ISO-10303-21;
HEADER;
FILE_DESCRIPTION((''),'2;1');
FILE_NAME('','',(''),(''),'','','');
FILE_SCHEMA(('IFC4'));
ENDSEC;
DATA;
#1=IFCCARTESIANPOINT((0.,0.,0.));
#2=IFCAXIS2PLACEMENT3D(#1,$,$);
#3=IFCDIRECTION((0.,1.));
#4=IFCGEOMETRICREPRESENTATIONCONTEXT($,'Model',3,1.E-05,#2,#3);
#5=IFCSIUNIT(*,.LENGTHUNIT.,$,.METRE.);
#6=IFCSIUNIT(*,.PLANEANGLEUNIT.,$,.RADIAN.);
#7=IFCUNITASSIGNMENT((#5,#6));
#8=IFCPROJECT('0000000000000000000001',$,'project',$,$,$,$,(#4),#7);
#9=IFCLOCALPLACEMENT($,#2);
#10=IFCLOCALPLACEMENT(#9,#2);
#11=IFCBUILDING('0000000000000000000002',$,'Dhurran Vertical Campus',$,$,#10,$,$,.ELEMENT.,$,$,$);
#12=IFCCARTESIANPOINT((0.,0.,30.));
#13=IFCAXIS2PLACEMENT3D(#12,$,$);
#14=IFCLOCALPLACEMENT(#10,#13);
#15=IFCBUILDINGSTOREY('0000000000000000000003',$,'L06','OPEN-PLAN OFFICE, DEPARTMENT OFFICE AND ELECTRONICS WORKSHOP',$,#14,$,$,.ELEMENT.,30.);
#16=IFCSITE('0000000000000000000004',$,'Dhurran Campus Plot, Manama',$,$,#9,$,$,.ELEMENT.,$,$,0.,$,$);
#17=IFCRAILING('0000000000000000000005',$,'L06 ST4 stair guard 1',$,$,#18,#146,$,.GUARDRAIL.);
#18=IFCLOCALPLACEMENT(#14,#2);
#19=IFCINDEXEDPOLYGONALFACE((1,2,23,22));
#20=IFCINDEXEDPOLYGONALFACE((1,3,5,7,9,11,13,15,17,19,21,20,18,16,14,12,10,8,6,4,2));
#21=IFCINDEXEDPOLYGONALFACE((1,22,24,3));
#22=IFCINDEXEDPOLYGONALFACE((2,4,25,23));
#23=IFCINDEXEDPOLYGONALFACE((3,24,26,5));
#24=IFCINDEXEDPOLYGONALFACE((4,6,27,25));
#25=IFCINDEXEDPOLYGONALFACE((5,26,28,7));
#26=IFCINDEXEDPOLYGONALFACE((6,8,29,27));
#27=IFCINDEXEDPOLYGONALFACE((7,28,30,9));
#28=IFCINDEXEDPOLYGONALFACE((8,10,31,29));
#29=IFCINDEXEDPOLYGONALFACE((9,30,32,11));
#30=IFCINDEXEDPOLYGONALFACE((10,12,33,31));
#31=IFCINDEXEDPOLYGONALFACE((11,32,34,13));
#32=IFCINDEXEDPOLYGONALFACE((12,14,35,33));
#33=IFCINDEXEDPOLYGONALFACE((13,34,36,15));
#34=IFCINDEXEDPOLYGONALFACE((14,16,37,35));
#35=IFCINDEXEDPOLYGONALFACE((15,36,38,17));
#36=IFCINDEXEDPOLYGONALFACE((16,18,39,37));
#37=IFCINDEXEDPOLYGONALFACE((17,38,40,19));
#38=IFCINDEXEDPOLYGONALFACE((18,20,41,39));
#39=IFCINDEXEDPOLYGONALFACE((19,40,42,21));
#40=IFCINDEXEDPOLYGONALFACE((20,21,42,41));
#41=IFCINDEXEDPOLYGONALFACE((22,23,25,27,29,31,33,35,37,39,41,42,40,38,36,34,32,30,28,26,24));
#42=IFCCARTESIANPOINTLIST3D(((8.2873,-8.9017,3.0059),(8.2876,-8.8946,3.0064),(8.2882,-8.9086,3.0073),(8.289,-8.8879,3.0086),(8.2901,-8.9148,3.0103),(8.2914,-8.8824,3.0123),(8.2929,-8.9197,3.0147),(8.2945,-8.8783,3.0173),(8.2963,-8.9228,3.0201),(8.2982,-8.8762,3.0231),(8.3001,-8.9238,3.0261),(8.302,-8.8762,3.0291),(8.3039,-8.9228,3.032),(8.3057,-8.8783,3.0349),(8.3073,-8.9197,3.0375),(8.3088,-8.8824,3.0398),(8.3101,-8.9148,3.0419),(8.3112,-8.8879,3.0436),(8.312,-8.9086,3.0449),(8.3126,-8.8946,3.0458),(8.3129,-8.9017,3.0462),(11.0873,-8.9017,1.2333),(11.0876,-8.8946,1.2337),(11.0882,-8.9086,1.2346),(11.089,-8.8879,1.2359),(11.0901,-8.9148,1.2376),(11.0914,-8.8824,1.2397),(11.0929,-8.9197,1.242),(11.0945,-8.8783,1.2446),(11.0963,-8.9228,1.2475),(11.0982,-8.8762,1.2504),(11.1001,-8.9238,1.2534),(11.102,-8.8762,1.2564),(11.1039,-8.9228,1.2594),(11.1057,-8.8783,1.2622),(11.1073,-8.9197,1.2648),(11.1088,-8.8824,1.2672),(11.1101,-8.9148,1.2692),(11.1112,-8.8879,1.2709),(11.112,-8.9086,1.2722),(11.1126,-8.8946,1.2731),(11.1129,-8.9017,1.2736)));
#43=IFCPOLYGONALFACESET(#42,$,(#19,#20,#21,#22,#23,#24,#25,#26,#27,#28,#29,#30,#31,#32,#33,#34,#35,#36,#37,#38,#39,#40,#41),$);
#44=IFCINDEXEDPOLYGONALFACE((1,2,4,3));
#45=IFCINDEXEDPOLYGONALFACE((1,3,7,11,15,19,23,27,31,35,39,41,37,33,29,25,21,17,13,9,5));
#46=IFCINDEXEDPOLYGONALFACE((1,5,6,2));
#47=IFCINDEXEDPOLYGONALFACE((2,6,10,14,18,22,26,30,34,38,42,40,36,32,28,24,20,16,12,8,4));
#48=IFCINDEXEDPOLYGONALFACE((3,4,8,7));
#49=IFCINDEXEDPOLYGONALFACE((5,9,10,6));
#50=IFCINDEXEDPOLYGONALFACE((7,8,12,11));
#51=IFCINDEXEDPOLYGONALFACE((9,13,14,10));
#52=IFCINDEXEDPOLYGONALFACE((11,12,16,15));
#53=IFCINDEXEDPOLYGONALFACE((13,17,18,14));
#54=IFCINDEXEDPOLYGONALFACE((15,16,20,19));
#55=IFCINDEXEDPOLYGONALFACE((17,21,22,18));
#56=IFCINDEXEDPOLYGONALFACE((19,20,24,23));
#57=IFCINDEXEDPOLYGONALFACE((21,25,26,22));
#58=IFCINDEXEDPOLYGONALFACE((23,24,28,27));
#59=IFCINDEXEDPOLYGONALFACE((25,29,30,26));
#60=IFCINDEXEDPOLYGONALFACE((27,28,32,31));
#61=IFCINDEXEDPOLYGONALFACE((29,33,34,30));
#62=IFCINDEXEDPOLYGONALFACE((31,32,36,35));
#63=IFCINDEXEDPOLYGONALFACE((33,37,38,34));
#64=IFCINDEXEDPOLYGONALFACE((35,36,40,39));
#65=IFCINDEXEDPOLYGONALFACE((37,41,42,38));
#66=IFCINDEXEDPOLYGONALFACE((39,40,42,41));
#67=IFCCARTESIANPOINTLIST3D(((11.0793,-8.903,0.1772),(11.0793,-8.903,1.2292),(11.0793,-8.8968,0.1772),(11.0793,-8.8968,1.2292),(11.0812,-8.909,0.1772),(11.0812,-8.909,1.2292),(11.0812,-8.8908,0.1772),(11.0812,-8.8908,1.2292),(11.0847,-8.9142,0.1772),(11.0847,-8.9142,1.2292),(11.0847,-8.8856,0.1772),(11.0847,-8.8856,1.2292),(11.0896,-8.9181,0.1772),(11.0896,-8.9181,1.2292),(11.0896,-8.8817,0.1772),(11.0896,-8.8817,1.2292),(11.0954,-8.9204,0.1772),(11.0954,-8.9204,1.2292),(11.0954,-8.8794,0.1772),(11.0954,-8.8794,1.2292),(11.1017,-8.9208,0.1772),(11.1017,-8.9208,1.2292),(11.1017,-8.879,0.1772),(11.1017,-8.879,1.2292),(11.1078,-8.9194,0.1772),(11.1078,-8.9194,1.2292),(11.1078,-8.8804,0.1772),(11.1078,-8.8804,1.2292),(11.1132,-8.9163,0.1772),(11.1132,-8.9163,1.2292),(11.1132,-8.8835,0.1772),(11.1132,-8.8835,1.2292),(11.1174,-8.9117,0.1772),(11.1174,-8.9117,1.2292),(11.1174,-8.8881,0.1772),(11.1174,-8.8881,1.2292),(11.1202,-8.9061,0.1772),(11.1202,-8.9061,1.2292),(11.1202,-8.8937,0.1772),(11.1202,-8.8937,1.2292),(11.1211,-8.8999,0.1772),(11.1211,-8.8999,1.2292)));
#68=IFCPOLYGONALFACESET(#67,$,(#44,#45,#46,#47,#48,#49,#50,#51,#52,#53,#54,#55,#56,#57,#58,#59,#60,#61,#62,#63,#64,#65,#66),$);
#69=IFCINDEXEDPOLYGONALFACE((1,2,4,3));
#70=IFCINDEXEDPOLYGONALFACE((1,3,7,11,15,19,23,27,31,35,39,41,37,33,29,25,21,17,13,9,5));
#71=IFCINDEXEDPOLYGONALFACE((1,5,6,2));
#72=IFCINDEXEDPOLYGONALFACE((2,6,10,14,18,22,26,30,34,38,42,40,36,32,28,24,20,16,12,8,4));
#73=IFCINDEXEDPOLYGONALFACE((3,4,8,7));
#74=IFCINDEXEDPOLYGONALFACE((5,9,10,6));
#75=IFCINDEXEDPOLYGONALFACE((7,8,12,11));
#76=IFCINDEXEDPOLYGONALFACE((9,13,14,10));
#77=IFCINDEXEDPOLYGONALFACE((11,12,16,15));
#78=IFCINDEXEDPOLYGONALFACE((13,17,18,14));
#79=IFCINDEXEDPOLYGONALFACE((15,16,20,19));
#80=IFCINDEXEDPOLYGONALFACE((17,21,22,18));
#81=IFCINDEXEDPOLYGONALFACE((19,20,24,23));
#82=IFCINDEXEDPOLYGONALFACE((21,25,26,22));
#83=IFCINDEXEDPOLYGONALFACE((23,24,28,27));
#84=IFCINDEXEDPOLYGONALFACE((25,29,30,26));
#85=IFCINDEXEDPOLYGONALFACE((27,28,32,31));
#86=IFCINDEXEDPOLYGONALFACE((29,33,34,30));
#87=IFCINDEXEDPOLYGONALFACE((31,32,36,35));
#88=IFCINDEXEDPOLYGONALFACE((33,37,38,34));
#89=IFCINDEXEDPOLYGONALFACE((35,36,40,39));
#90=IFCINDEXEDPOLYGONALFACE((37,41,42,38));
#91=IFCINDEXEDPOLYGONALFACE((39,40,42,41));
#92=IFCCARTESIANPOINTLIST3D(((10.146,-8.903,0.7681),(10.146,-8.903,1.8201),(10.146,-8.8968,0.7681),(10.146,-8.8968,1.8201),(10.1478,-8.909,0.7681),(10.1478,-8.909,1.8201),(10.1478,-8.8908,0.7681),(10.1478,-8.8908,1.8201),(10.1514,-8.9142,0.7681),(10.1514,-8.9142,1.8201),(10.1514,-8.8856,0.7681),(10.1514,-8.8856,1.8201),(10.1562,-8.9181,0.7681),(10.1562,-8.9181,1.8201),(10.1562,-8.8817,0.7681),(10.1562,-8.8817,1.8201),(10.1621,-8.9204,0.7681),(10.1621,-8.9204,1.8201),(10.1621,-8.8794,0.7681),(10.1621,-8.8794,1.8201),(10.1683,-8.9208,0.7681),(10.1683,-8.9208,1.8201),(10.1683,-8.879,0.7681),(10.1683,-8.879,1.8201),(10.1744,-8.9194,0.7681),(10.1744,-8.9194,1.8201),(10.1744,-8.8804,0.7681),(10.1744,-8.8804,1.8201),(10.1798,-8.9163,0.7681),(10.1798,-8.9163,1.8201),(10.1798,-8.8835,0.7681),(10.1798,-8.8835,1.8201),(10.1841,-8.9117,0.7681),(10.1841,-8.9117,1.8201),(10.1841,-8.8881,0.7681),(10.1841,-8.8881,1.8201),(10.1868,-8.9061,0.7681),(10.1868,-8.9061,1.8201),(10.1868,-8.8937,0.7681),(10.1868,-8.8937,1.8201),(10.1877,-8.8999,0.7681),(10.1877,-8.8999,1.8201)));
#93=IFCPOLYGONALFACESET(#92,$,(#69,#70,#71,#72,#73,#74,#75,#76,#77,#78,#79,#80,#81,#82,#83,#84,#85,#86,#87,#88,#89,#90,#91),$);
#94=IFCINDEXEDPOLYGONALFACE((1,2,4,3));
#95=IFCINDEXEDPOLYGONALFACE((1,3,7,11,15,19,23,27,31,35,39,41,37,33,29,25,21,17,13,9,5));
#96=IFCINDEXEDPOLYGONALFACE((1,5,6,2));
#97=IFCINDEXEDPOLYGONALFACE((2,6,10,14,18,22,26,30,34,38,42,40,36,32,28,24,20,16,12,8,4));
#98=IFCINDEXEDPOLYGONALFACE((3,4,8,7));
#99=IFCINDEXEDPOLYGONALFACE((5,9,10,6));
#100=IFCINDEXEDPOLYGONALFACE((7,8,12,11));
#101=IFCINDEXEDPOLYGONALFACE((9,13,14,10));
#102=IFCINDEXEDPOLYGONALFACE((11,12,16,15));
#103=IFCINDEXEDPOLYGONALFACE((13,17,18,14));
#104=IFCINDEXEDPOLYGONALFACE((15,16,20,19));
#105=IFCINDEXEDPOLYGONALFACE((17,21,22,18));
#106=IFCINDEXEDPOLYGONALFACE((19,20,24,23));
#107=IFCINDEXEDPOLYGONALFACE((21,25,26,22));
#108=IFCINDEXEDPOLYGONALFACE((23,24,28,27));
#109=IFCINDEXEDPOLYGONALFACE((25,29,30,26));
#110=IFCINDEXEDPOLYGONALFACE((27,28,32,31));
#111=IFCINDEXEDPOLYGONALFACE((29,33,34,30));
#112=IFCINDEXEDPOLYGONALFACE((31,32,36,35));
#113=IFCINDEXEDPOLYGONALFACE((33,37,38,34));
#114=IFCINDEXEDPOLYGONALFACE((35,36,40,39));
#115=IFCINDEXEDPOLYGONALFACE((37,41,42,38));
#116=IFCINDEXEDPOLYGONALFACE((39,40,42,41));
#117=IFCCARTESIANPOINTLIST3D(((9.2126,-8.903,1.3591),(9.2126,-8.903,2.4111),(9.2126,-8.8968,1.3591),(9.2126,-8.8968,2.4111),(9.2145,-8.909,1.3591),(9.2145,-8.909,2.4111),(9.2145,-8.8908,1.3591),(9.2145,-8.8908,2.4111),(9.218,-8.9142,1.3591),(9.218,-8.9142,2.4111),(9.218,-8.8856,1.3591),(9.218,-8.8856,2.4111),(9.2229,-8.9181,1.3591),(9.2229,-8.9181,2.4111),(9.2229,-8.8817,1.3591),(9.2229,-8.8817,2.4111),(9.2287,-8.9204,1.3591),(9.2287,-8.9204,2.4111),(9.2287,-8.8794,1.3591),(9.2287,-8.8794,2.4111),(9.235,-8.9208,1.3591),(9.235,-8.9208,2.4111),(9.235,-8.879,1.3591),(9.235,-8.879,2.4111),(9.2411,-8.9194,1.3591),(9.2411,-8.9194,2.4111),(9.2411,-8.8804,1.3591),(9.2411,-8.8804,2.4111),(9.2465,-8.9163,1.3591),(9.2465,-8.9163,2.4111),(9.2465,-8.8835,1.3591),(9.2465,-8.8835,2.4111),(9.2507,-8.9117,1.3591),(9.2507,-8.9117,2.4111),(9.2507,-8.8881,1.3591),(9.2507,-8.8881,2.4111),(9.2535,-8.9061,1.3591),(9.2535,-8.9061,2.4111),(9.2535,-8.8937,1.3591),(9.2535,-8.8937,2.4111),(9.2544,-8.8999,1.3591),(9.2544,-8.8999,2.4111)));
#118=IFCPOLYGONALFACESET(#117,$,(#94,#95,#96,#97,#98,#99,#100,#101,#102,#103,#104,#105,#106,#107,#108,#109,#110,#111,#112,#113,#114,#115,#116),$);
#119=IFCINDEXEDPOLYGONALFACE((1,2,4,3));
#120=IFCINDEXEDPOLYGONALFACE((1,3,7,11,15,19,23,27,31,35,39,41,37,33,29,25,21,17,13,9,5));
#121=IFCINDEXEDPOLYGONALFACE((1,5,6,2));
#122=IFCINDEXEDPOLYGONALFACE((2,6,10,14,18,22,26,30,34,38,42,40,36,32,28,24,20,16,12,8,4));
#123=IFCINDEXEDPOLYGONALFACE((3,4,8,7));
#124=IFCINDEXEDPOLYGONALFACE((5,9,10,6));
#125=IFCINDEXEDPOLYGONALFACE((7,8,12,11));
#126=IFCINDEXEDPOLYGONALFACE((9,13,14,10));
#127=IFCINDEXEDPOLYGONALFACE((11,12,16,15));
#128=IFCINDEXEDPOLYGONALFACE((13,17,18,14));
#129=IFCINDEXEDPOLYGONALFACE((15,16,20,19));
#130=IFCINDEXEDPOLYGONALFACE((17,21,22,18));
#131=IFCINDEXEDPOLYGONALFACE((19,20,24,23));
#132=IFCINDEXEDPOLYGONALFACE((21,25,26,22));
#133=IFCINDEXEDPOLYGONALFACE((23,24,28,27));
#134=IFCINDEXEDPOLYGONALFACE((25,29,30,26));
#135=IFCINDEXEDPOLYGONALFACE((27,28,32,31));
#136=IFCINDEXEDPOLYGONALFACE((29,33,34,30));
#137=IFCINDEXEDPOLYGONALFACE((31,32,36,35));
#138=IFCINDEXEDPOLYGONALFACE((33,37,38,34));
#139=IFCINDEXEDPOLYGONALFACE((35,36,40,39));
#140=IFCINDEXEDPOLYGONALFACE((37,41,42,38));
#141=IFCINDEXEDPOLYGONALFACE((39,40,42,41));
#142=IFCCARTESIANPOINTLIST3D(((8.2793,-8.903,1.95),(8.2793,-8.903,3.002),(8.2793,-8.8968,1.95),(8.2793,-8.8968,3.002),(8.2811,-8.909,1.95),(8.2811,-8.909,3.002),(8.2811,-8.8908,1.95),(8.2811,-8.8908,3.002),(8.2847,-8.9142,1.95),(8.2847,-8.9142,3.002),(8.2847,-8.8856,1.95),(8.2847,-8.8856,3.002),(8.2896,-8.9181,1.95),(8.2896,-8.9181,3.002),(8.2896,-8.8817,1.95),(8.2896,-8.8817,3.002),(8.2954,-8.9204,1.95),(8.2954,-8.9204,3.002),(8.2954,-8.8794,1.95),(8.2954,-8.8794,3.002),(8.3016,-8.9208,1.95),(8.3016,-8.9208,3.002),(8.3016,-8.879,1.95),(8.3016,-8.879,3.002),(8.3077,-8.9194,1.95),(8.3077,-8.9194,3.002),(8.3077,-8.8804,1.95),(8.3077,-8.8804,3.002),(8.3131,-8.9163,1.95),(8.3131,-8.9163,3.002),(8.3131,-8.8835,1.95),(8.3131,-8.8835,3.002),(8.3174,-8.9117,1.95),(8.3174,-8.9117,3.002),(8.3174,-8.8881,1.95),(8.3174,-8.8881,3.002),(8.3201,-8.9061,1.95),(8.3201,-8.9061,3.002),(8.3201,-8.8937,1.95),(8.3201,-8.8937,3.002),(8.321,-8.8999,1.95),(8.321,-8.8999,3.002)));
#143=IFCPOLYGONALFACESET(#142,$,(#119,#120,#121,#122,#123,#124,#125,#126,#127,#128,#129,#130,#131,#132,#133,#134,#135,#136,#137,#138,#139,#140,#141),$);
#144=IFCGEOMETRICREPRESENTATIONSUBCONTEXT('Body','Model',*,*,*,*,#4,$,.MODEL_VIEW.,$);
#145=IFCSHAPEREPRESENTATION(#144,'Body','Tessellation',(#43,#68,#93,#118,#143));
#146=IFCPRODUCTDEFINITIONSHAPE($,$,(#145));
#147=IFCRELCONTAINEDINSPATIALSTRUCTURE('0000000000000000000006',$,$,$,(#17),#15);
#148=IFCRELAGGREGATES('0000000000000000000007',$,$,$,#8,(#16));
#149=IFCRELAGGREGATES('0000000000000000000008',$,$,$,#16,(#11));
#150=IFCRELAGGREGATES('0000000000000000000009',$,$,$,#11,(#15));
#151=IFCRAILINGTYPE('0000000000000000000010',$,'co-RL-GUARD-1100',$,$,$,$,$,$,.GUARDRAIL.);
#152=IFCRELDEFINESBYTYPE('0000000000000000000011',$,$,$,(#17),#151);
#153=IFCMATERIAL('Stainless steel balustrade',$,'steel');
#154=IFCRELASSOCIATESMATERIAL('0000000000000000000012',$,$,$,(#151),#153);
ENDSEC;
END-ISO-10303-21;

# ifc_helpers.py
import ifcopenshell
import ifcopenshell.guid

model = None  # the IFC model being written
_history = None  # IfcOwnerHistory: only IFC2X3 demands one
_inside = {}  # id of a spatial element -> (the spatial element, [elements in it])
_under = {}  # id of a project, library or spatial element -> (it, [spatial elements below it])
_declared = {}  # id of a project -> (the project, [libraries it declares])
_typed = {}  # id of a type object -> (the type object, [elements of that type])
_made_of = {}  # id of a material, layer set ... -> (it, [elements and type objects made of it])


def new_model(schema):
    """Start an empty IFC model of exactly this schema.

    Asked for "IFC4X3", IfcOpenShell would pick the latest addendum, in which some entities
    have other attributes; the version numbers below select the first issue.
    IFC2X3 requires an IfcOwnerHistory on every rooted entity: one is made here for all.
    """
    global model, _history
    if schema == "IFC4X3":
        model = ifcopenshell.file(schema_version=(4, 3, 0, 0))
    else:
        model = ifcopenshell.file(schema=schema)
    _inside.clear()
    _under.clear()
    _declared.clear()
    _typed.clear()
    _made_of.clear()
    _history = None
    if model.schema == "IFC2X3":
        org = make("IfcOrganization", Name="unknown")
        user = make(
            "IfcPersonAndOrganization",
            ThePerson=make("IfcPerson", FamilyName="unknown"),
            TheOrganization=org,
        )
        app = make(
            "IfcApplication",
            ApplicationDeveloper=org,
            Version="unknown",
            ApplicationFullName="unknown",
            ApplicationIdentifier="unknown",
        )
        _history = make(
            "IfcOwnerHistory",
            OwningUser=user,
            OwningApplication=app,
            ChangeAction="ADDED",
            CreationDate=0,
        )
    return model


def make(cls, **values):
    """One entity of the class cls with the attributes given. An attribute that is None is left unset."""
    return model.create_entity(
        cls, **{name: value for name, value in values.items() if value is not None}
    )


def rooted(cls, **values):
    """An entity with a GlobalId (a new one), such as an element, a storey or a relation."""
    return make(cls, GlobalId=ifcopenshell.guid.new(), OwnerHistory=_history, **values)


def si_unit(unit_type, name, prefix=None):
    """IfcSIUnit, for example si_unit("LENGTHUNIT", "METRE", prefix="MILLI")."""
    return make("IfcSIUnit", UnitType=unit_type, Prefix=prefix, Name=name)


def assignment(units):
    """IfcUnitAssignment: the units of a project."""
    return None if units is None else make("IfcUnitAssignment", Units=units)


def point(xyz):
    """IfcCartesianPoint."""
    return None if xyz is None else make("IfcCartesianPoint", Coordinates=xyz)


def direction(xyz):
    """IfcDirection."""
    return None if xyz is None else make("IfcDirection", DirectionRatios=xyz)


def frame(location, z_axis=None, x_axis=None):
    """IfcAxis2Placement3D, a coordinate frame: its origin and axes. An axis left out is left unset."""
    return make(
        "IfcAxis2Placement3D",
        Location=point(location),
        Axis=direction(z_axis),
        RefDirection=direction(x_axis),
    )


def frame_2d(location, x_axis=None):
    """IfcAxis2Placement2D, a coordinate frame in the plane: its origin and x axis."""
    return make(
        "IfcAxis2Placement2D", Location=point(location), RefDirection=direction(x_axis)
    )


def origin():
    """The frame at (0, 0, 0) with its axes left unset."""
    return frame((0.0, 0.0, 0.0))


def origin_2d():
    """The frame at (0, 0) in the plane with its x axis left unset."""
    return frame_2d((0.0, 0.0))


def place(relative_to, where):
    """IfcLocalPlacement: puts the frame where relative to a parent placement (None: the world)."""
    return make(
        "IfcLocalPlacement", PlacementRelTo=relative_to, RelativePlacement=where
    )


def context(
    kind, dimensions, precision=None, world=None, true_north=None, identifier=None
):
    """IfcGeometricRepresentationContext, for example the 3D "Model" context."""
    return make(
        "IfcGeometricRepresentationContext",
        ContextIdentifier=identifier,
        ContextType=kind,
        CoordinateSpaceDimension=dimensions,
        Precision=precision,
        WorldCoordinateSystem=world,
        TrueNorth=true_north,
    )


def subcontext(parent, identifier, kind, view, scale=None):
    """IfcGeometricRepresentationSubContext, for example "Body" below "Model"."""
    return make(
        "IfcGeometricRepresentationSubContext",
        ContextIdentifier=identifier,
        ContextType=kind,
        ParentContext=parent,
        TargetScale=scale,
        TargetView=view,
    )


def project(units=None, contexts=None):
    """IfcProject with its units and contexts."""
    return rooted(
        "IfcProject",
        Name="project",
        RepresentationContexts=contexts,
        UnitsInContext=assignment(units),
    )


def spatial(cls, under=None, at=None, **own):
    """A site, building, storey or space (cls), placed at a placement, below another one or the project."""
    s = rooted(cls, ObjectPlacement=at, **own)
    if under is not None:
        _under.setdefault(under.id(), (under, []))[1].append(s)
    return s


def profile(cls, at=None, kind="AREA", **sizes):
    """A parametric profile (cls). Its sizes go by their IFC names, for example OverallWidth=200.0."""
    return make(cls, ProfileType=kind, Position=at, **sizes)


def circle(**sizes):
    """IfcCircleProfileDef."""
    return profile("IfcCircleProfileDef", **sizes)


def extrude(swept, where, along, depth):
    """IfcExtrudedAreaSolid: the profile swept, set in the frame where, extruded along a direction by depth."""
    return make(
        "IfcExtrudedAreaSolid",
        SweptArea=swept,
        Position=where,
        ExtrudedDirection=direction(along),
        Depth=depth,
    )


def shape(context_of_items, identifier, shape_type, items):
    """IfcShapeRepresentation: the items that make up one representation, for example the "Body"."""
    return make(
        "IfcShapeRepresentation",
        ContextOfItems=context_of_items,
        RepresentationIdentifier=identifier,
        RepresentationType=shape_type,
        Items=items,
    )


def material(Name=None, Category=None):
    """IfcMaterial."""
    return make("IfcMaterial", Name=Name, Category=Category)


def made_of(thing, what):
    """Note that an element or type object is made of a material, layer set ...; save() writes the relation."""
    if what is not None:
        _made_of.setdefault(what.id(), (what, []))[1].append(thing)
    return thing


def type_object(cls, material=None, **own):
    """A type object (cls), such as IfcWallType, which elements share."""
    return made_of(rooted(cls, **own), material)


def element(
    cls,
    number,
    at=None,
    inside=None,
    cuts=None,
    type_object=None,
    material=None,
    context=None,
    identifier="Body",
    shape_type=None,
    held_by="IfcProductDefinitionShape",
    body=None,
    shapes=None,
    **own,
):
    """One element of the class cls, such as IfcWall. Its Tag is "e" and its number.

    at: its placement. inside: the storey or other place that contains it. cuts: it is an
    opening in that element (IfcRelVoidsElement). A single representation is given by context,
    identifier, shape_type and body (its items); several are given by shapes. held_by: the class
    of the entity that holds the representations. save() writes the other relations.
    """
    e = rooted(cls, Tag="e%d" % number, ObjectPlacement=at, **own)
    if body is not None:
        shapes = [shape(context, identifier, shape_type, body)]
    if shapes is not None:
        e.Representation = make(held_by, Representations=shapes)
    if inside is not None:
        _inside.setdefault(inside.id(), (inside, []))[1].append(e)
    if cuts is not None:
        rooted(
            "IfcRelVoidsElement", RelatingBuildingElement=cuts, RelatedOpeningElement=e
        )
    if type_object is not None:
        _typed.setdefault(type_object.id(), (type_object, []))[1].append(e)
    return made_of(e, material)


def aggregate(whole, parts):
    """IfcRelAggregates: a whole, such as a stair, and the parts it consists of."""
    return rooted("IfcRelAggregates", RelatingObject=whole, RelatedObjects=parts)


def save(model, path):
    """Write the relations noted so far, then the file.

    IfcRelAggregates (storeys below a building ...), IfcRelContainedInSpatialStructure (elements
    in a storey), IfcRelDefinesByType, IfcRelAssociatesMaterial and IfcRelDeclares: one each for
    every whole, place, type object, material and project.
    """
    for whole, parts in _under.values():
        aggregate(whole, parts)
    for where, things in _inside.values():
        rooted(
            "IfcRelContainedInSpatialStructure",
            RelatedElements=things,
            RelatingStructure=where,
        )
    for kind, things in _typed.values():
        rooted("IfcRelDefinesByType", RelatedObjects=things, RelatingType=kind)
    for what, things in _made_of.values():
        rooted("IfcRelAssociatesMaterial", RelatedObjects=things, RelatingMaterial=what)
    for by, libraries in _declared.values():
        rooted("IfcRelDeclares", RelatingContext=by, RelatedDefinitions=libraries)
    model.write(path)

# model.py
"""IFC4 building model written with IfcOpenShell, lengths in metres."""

from ifc_helpers import new_model, si_unit, direction, frame, origin, origin_2d, place, context, subcontext, project, spatial, circle, extrude, material, type_object, element, save


model = new_model("IFC4")

# Units and contexts
model_context = context("Model", 3, precision=1e-05, world=origin(), true_north=direction((0.0, 1.0)))
body_context = subcontext(model_context, "Body", "Model", "MODEL_VIEW")
ifc_project = project(units=[si_unit("LENGTHUNIT", "METRE"), si_unit("PLANEANGLEUNIT", "RADIAN")], contexts=[model_context])

# Site, building, storey
site_placement = place(None, origin())
site = spatial("IfcSite", under=ifc_project, at=site_placement, Name="Dhurran Campus Plot, Manama", CompositionType="ELEMENT", RefElevation=0.0)
building_placement = place(site_placement, origin())
building = spatial("IfcBuilding", under=site, at=building_placement, Name="Dhurran Vertical Campus", CompositionType="ELEMENT")
storey_placement = place(building_placement, frame((0.0, 0.0, 30.0)))
storey = spatial("IfcBuildingStorey", under=building, at=storey_placement, Name="L06", Description="OPEN-PLAN OFFICE, DEPARTMENT OFFICE AND ELECTRONICS WORKSHOP", CompositionType="ELEMENT", Elevation=30.0)

# Railing
ifc_material_1 = material(Name="Stainless steel balustrade", Category="steel")
railing_type_1 = type_object("IfcRailingType", Name="co-RL-GUARD-1100", PredefinedType="GUARDRAIL", material=ifc_material_1)
railing_1_placement = place(storey_placement, frame((11.1001, -8.8999, 0.1772)))
element("IfcRailing", 1, at=railing_1_placement, inside=storey, type_object=railing_type_1, Name="L06 ST4 stair guard 1", PredefinedType="GUARDRAIL", context=body_context, shape_type="SweptSolid", body=[
    extrude(circle(Radius=0.0239, at=origin_2d()), frame((0.0, 0.0, 1.0762), z_axis=(-0.844909, 0.0, 0.53491), x_axis=(0.0, -1.0, 0.0)), (0.0, 0.0, 1.0), 3.314),
    extrude(circle(Radius=0.021, at=origin_2d()), origin(), (0.0, 0.0, 1.0), 1.052),
    extrude(circle(Radius=0.021, at=origin_2d()), frame((-0.9333, 0.0, 0.5908)), (0.0, 0.0, 1.0), 1.052),
    extrude(circle(Radius=0.021, at=origin_2d()), frame((-1.8667, 0.0, 1.1819)), (0.0, 0.0, 1.0), 1.052),
    extrude(circle(Radius=0.021, at=origin_2d()), frame((-2.8, 0.0, 1.7727)), (0.0, 0.0, 1.0), 1.052),
])

save(model, "model.ifc")
